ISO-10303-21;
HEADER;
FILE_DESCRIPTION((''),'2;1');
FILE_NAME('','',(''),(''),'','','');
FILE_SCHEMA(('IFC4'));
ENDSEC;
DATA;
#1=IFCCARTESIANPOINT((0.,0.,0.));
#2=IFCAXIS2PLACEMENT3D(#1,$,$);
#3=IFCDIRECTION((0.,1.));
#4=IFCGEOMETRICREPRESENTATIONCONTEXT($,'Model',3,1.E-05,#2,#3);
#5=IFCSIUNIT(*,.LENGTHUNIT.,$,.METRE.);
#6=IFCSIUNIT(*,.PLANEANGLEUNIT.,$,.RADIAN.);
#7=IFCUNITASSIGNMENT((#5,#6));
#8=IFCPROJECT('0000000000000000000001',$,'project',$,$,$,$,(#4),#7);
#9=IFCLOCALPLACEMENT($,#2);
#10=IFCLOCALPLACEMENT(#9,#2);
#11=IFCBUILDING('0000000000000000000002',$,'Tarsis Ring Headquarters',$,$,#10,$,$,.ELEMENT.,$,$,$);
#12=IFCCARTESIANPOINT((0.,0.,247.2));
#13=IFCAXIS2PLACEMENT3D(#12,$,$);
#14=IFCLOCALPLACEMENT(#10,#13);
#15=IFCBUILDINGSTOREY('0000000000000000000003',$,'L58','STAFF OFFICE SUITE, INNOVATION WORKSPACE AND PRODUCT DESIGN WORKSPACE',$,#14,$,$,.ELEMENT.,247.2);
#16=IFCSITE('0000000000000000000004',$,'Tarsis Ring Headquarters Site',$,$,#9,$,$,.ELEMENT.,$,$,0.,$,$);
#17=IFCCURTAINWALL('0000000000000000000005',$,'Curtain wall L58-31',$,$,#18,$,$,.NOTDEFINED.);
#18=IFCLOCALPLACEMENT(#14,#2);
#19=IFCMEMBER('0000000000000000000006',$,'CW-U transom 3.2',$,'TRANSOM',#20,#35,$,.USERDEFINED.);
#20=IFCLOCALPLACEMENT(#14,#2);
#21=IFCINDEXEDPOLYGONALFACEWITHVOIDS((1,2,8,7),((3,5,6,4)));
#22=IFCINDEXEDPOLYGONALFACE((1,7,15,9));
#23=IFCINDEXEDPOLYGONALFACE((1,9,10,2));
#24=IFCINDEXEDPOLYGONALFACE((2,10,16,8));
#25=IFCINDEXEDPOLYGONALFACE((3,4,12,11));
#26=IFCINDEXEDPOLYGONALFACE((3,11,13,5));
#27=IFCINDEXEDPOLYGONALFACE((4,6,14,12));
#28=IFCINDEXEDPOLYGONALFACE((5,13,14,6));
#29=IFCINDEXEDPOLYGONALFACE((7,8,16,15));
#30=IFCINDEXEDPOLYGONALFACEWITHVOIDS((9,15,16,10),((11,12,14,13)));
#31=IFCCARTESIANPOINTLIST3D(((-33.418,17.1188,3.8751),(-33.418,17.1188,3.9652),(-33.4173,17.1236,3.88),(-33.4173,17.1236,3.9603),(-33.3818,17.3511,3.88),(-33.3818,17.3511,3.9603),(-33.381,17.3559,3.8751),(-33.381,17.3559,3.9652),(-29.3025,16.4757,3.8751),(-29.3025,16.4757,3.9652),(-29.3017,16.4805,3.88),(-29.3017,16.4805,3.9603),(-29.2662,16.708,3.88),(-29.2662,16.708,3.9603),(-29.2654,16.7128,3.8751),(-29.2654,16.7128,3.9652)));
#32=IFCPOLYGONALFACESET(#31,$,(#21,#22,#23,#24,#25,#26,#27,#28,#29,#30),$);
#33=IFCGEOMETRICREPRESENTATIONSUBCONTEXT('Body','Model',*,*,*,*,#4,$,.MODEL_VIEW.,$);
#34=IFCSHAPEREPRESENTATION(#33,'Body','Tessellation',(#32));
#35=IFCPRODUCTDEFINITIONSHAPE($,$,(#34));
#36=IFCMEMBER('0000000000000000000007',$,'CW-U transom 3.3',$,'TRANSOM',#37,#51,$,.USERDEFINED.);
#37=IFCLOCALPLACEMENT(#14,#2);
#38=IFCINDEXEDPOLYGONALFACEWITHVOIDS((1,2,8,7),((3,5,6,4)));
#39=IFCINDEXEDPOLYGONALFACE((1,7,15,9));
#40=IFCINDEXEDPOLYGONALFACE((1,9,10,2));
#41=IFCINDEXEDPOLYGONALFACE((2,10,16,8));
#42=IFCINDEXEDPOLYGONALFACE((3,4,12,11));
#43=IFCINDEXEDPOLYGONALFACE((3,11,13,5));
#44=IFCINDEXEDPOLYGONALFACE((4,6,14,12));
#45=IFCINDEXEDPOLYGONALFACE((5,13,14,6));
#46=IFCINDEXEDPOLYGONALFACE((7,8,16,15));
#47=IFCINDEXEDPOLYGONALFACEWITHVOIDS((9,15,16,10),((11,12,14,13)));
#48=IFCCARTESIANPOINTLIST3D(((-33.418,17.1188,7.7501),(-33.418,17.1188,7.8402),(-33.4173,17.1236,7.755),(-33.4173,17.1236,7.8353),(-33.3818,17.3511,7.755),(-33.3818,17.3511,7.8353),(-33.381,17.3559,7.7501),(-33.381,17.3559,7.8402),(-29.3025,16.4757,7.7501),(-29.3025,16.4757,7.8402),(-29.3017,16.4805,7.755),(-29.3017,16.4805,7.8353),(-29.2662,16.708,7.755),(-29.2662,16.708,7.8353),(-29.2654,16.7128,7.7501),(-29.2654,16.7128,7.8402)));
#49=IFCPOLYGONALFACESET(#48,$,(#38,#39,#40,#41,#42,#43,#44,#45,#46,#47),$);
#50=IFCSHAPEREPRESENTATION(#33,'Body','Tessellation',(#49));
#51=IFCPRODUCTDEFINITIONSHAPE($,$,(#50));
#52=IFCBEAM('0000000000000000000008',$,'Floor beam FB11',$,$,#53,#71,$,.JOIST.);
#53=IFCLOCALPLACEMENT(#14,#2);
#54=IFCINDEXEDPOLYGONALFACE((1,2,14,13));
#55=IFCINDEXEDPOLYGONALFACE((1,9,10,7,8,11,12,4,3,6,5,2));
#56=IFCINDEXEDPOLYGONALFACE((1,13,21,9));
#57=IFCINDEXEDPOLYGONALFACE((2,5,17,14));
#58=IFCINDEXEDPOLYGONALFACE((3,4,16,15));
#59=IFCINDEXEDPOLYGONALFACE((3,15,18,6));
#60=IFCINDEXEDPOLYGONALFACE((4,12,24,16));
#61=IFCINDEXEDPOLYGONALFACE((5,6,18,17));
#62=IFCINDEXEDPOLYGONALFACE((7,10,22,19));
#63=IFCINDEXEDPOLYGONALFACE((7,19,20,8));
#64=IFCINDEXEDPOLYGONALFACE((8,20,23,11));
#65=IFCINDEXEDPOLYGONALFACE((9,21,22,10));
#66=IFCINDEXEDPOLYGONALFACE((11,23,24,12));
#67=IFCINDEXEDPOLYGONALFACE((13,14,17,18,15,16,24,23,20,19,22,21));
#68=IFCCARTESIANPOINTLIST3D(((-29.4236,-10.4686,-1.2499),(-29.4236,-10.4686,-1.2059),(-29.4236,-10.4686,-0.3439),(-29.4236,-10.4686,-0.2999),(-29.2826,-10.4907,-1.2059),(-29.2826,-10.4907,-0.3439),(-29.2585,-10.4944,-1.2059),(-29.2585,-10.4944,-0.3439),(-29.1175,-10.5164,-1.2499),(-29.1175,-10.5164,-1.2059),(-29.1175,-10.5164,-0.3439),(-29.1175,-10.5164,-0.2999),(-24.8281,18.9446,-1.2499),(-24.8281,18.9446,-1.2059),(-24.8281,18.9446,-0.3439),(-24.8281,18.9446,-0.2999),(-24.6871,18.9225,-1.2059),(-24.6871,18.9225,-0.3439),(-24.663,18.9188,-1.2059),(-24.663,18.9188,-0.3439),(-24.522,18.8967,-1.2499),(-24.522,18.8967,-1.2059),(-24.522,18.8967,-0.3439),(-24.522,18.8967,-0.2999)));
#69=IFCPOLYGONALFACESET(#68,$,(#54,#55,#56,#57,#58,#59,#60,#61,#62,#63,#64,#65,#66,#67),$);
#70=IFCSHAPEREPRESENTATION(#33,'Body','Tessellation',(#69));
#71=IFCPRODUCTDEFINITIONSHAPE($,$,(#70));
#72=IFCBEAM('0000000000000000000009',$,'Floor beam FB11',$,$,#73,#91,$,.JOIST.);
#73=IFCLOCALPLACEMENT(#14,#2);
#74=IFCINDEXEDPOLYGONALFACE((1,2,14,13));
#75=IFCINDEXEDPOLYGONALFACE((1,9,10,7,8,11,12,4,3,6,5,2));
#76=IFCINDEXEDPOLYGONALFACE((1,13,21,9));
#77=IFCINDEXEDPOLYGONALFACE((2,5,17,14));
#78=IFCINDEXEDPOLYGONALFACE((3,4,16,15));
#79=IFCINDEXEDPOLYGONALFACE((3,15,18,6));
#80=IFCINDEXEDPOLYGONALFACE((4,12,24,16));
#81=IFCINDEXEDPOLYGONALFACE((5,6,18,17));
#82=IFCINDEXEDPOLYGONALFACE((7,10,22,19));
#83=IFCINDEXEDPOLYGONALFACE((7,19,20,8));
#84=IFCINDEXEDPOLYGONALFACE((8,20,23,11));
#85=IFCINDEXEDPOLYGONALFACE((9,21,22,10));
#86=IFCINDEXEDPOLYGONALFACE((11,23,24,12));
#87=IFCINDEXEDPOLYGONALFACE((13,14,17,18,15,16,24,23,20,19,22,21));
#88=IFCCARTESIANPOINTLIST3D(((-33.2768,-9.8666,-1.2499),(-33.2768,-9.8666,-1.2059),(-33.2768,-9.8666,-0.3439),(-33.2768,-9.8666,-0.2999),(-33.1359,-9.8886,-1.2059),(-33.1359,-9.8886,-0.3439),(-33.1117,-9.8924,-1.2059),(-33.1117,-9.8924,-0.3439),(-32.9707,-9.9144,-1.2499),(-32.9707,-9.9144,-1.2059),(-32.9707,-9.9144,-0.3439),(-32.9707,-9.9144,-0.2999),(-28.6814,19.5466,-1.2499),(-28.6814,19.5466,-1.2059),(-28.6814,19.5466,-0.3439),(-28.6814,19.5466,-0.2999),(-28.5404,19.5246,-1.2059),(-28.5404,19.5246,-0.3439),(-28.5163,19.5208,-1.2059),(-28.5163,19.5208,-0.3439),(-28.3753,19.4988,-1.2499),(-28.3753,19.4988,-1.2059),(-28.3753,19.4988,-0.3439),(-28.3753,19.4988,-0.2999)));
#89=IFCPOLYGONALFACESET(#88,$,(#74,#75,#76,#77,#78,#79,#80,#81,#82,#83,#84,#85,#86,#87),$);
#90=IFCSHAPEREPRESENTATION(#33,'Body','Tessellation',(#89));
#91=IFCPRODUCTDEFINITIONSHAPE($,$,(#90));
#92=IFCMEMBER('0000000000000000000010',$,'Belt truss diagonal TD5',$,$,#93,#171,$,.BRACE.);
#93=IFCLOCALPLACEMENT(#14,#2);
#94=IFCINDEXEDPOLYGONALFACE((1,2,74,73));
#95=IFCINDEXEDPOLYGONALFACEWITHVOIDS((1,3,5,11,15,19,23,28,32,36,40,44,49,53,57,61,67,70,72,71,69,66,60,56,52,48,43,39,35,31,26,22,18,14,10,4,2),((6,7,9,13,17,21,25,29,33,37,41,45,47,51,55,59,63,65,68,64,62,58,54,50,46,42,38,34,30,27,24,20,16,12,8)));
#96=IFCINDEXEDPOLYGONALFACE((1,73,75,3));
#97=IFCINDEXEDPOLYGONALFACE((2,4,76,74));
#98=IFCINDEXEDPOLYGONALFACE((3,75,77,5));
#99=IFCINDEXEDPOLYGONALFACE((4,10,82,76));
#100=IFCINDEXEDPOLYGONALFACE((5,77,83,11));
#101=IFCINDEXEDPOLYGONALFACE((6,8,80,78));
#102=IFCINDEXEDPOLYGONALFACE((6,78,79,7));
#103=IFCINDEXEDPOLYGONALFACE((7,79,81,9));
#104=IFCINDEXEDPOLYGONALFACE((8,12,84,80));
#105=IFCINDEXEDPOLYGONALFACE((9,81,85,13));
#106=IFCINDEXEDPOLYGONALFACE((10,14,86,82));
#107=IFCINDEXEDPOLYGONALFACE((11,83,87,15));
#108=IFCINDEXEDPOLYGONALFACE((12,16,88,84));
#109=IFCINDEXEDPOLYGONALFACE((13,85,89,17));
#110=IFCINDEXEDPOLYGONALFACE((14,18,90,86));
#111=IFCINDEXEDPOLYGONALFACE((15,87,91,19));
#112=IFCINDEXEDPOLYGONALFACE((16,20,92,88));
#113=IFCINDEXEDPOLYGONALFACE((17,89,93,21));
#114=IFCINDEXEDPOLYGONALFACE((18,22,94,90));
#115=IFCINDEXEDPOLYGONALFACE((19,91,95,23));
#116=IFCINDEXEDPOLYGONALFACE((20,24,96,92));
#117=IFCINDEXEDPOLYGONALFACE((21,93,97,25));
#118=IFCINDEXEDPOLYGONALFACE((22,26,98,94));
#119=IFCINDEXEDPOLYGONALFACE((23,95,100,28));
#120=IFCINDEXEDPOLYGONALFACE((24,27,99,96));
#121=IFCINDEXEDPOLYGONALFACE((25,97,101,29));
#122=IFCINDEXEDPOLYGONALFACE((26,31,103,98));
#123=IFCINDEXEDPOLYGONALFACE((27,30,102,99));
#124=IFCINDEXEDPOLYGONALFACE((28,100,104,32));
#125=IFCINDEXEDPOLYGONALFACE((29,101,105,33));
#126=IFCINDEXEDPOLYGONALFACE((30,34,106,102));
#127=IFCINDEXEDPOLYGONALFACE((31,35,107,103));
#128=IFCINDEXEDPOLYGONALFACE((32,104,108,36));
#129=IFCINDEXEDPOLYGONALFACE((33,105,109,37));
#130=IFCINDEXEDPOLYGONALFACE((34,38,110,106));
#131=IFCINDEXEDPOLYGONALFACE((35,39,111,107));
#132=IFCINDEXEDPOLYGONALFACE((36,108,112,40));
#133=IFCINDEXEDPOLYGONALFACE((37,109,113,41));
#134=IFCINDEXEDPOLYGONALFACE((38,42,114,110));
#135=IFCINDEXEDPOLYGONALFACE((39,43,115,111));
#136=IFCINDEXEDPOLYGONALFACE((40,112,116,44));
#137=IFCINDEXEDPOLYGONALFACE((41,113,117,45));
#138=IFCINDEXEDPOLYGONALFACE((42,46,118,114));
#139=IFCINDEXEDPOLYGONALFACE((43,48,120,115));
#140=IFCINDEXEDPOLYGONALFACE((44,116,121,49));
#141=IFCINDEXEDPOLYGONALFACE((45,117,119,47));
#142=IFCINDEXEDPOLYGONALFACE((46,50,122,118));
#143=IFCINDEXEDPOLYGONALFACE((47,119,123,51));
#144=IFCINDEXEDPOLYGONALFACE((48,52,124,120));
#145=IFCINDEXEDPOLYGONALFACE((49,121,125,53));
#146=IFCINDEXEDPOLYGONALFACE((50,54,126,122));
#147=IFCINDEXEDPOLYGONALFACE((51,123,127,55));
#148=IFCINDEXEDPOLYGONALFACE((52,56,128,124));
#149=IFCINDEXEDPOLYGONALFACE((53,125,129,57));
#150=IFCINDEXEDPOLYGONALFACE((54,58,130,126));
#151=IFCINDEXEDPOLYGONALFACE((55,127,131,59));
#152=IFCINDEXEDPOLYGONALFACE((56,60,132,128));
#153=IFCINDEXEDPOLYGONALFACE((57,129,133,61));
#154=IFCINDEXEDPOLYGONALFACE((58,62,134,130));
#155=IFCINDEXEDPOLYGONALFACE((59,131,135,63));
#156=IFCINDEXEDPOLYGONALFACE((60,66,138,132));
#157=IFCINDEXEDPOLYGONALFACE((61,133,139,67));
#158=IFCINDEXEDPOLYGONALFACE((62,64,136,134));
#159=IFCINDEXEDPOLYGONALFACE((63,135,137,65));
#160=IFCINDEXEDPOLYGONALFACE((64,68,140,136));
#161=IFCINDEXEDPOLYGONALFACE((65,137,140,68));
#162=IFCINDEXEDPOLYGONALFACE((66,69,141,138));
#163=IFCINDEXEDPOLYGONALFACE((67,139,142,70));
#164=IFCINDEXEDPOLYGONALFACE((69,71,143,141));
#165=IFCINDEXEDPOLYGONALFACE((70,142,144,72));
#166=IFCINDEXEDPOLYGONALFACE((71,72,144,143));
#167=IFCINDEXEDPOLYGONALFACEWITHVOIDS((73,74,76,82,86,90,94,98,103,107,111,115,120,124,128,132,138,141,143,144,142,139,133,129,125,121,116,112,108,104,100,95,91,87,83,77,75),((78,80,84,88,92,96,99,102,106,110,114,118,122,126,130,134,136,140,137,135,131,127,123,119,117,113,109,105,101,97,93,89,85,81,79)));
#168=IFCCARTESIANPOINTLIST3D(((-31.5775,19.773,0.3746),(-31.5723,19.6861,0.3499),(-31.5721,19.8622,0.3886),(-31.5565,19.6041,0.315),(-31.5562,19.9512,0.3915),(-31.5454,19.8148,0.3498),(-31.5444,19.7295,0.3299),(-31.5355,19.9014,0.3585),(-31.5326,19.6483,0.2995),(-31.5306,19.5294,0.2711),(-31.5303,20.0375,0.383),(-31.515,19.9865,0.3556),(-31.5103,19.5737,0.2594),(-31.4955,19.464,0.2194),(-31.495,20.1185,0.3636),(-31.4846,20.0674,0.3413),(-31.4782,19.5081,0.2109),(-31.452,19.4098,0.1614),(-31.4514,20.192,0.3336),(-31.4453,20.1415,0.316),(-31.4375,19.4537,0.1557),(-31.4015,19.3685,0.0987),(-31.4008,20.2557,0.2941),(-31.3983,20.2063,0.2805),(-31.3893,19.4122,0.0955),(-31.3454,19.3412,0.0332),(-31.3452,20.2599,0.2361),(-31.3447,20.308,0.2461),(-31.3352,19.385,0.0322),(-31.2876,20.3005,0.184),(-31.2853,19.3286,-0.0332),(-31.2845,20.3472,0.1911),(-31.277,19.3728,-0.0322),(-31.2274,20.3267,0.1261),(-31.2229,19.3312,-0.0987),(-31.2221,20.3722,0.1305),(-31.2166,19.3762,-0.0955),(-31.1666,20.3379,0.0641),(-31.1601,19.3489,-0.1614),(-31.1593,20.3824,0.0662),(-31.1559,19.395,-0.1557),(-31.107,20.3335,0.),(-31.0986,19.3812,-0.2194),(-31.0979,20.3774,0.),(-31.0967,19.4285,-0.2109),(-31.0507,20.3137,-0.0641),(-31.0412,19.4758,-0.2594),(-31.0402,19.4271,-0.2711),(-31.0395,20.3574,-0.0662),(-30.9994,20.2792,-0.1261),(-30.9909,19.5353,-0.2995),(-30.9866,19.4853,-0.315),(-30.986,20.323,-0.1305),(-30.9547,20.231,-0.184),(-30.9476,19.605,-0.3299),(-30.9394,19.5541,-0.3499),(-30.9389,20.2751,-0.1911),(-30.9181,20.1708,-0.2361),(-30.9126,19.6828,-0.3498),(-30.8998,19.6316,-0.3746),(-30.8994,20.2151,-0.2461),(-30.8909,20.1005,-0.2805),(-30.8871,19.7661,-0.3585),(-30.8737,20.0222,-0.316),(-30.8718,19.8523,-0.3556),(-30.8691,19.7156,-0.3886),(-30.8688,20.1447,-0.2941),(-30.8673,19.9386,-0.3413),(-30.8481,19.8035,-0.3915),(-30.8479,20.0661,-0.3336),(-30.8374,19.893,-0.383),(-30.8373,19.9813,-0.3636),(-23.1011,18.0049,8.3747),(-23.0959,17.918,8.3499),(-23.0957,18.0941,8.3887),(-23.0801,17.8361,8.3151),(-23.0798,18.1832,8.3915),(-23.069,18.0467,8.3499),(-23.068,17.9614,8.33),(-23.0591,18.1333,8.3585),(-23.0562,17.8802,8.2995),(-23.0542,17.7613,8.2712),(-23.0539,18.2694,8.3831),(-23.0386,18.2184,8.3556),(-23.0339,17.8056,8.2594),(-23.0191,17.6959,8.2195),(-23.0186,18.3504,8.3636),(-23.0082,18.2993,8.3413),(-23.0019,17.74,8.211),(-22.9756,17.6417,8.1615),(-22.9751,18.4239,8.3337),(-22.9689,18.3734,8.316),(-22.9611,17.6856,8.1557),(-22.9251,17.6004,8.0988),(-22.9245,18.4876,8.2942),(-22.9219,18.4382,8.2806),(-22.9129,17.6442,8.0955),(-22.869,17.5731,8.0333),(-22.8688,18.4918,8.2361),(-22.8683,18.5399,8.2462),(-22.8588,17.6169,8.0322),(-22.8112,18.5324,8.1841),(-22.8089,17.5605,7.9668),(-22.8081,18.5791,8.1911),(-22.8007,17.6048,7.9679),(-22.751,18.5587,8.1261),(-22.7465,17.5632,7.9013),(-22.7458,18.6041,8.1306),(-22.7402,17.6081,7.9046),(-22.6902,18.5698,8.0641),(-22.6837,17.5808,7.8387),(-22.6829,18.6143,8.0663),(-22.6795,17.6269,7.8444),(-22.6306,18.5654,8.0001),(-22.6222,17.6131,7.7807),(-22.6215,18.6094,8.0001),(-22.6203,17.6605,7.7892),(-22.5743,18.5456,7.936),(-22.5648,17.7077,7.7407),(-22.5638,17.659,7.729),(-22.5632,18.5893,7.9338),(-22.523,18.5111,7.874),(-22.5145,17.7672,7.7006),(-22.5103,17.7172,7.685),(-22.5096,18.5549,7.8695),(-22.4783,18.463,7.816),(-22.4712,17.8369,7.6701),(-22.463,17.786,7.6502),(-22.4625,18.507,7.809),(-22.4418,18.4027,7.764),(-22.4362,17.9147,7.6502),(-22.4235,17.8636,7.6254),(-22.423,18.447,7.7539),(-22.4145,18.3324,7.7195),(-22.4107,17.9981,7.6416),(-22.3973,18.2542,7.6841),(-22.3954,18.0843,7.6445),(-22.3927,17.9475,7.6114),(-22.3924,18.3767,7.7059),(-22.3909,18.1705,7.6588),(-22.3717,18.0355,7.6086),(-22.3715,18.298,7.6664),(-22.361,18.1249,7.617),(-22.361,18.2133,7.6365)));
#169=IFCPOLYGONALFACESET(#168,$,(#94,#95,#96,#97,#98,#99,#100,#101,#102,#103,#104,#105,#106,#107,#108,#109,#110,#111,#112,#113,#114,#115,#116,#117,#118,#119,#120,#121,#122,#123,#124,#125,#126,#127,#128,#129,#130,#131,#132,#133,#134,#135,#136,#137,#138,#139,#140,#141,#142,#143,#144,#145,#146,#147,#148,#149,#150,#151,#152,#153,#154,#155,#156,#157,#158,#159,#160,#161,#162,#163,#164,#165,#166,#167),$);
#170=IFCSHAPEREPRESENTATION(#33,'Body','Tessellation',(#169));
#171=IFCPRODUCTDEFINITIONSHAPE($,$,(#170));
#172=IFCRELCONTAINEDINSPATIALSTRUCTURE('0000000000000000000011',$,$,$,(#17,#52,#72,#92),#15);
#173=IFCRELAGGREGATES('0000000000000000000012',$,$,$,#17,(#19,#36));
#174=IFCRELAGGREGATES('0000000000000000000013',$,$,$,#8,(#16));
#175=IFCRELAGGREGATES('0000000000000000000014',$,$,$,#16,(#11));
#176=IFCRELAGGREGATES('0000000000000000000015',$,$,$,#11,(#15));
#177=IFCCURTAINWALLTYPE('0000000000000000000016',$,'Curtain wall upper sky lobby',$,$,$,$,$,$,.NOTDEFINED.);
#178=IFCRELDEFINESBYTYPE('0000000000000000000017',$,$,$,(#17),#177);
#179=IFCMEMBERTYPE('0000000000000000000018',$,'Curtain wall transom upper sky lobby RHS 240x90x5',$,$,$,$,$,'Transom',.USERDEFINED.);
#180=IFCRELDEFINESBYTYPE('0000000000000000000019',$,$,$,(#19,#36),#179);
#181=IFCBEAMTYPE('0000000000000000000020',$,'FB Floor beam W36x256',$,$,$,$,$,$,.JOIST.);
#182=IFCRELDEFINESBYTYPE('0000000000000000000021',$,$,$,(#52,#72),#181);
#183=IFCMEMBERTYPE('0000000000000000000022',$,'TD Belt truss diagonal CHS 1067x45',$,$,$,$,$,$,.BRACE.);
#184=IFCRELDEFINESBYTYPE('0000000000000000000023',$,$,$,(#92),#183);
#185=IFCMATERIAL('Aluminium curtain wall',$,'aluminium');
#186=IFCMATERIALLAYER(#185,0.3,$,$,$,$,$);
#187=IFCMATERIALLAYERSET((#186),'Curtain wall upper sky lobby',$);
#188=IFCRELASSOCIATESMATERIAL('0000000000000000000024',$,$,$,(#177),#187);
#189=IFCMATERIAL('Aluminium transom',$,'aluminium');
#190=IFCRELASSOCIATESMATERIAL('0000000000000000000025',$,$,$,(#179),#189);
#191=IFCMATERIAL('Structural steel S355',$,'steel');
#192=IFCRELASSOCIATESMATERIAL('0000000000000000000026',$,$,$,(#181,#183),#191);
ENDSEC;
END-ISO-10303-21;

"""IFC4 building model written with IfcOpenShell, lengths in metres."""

from ifc_helpers import new_model, si_unit, direction, frame, origin, origin_2d, place, context, subcontext, project, spatial, hollow_rectangle, hollow_circle, i_section, extrude, material, layer, layer_set, material_profile, profile_set, type_object, element, aggregate, save


model = new_model("IFC4")

# Units and contexts
model_context = context("Model", 3, precision=1e-05, world=origin(), true_north=direction((0.0, 1.0)))
body_context = subcontext(model_context, "Body", "Model", "MODEL_VIEW")
ifc_project = project(units=[si_unit("LENGTHUNIT", "METRE"), si_unit("PLANEANGLEUNIT", "RADIAN")], contexts=[model_context])

# Site, building, storey
site_placement = place(None, origin())
site = spatial("IfcSite", under=ifc_project, at=site_placement, Name="Tarsis Ring Headquarters Site", CompositionType="ELEMENT", RefElevation=0.0)
building_placement = place(site_placement, origin())
building = spatial("IfcBuilding", under=site, at=building_placement, Name="Tarsis Ring Headquarters", CompositionType="ELEMENT")
storey_placement = place(building_placement, frame((0.0, 0.0, 247.2)))
storey = spatial("IfcBuildingStorey", under=building, at=storey_placement, Name="L58", Description="STAFF OFFICE SUITE, INNOVATION WORKSPACE AND PRODUCT DESIGN WORKSPACE", CompositionType="ELEMENT", Elevation=247.2)

# Shared definitions
ifc_material_1 = material(Name="Structural steel S355", Category="steel")
ifc_material_profile_1 = material_profile(ifc_material_1, hollow_circle(Radius=0.5334, WallThickness=0.0449, at=origin_2d()), Name="CHS 1067x45")
ifc_profile_set_1 = profile_set([ifc_material_profile_1], Name="Structural steel S355")

# Curtain wall, members
ifc_material_2 = material(Name="Aluminium curtain wall", Category="aluminium")
ifc_layer_1 = layer(ifc_material_2, 0.3)
ifc_layer_set_1 = layer_set([ifc_layer_1], Name="Curtain wall upper sky lobby")
curtain_wall_type = type_object("IfcCurtainWallType", Name="Curtain wall upper sky lobby", PredefinedType="NOTDEFINED", material=ifc_layer_set_1)
curtain_wall_placement = place(storey_placement, origin())
curtain_wall = element("IfcCurtainWall", 1, at=curtain_wall_placement, inside=storey, type_object=curtain_wall_type, Name="Curtain wall L58-31", PredefinedType="NOTDEFINED")
ifc_material_3 = material(Name="Aluminium transom", Category="aluminium")
ifc_material_profile_2 = material_profile(ifc_material_3, hollow_rectangle(XDim=0.24, YDim=0.0901, WallThickness=0.0049, at=origin_2d()), Name="RHS 240x90x5")
ifc_profile_set_2 = profile_set([ifc_material_profile_2], Name="Aluminium transom")
member_type_1 = type_object("IfcMemberType", Name="Curtain wall transom upper sky lobby RHS 240x90x5", ElementType="Transom", PredefinedType="USERDEFINED", material=ifc_profile_set_2)
member_1_placement = place(storey_placement, frame((-29.2839, 16.5942, 3.9202), z_axis=(-0.988011, 0.154382, 0.0), x_axis=(-0.154382, -0.988011, 0.0)))
member_1 = element("IfcMember", 2, at=member_1_placement, type_object=member_type_1, Name="CW-U transom 3.2", ObjectType="TRANSOM", PredefinedType="USERDEFINED", context=body_context, shape_type="SweptSolid", body=[
    extrude(hollow_rectangle(XDim=0.24, YDim=0.0901, WallThickness=0.0049, at=origin_2d()), origin(), (0.0, 0.0, 1.0), 4.1655),
])
member_2_placement = place(storey_placement, frame((-29.2839, 16.5942, 7.7952), z_axis=(-0.988011, 0.154382, 0.0), x_axis=(-0.154382, -0.988011, 0.0)))
member_2 = element("IfcMember", 3, at=member_2_placement, type_object=member_type_1, Name="CW-U transom 3.3", ObjectType="TRANSOM", PredefinedType="USERDEFINED", context=body_context, shape_type="SweptSolid", body=[
    extrude(hollow_rectangle(XDim=0.24, YDim=0.0901, WallThickness=0.0049, at=origin_2d()), origin(), (0.0, 0.0, 1.0), 4.1655),
])

# Beams
ifc_material_profile_3 = material_profile(ifc_material_1, i_section(OverallWidth=0.3098, OverallDepth=0.95, WebThickness=0.0244, FlangeThickness=0.0439, at=origin_2d()), Name="W36x256")
ifc_profile_set_3 = profile_set([ifc_material_profile_3], Name="Structural steel S355")
beam_type_1 = type_object("IfcBeamType", Name="FB Floor beam W36x256", PredefinedType="JOIST", material=ifc_profile_set_3)
for number, where, z_axis, x_axis, name in (
    (4, (-24.675, 18.9207, -0.7749), (-0.154366, -0.988014, 0.0), (0.988014, -0.154366, 0.0), "Floor beam FB11"),
    (5, (-28.5283, 19.5227, -0.7749), (-0.154366, -0.988014, 0.0), (0.988014, -0.154366, 0.0), "Floor beam FB11"),
):
    element("IfcBeam", number, at=place(storey_placement, frame(where, z_axis=z_axis, x_axis=x_axis)), inside=storey, type_object=beam_type_1, Name=name, PredefinedType="JOIST", context=body_context, shape_type="SweptSolid", body=[
        extrude(i_section(OverallWidth=0.3098, OverallDepth=0.95, WebThickness=0.0244, FlangeThickness=0.0439, at=origin_2d()), origin(), (0.0, 0.0, 1.0), 29.77),
    ])

# Member
member_type_2 = type_object("IfcMemberType", Name="TD Belt truss diagonal CHS 1067x45", PredefinedType="BRACE", material=ifc_profile_set_1)
member_3_placement = place(storey_placement, frame((-31.2068, 19.8552, 0.0), z_axis=(0.719019, -0.149979, 0.678615), x_axis=(0.204194, 0.97893, 0.0)))
element("IfcMember", 6, at=member_3_placement, inside=storey, type_object=member_type_2, Name="Belt truss diagonal TD5", PredefinedType="BRACE", context=body_context, shape_type="SweptSolid", body=[
    extrude(hollow_circle(Radius=0.5334, WallThickness=0.0449, at=origin_2d()), origin(), (0.0, 0.0, 1.0), 11.7888),
])

aggregate(curtain_wall, [member_1, member_2])

save(model, "model.ifc")
